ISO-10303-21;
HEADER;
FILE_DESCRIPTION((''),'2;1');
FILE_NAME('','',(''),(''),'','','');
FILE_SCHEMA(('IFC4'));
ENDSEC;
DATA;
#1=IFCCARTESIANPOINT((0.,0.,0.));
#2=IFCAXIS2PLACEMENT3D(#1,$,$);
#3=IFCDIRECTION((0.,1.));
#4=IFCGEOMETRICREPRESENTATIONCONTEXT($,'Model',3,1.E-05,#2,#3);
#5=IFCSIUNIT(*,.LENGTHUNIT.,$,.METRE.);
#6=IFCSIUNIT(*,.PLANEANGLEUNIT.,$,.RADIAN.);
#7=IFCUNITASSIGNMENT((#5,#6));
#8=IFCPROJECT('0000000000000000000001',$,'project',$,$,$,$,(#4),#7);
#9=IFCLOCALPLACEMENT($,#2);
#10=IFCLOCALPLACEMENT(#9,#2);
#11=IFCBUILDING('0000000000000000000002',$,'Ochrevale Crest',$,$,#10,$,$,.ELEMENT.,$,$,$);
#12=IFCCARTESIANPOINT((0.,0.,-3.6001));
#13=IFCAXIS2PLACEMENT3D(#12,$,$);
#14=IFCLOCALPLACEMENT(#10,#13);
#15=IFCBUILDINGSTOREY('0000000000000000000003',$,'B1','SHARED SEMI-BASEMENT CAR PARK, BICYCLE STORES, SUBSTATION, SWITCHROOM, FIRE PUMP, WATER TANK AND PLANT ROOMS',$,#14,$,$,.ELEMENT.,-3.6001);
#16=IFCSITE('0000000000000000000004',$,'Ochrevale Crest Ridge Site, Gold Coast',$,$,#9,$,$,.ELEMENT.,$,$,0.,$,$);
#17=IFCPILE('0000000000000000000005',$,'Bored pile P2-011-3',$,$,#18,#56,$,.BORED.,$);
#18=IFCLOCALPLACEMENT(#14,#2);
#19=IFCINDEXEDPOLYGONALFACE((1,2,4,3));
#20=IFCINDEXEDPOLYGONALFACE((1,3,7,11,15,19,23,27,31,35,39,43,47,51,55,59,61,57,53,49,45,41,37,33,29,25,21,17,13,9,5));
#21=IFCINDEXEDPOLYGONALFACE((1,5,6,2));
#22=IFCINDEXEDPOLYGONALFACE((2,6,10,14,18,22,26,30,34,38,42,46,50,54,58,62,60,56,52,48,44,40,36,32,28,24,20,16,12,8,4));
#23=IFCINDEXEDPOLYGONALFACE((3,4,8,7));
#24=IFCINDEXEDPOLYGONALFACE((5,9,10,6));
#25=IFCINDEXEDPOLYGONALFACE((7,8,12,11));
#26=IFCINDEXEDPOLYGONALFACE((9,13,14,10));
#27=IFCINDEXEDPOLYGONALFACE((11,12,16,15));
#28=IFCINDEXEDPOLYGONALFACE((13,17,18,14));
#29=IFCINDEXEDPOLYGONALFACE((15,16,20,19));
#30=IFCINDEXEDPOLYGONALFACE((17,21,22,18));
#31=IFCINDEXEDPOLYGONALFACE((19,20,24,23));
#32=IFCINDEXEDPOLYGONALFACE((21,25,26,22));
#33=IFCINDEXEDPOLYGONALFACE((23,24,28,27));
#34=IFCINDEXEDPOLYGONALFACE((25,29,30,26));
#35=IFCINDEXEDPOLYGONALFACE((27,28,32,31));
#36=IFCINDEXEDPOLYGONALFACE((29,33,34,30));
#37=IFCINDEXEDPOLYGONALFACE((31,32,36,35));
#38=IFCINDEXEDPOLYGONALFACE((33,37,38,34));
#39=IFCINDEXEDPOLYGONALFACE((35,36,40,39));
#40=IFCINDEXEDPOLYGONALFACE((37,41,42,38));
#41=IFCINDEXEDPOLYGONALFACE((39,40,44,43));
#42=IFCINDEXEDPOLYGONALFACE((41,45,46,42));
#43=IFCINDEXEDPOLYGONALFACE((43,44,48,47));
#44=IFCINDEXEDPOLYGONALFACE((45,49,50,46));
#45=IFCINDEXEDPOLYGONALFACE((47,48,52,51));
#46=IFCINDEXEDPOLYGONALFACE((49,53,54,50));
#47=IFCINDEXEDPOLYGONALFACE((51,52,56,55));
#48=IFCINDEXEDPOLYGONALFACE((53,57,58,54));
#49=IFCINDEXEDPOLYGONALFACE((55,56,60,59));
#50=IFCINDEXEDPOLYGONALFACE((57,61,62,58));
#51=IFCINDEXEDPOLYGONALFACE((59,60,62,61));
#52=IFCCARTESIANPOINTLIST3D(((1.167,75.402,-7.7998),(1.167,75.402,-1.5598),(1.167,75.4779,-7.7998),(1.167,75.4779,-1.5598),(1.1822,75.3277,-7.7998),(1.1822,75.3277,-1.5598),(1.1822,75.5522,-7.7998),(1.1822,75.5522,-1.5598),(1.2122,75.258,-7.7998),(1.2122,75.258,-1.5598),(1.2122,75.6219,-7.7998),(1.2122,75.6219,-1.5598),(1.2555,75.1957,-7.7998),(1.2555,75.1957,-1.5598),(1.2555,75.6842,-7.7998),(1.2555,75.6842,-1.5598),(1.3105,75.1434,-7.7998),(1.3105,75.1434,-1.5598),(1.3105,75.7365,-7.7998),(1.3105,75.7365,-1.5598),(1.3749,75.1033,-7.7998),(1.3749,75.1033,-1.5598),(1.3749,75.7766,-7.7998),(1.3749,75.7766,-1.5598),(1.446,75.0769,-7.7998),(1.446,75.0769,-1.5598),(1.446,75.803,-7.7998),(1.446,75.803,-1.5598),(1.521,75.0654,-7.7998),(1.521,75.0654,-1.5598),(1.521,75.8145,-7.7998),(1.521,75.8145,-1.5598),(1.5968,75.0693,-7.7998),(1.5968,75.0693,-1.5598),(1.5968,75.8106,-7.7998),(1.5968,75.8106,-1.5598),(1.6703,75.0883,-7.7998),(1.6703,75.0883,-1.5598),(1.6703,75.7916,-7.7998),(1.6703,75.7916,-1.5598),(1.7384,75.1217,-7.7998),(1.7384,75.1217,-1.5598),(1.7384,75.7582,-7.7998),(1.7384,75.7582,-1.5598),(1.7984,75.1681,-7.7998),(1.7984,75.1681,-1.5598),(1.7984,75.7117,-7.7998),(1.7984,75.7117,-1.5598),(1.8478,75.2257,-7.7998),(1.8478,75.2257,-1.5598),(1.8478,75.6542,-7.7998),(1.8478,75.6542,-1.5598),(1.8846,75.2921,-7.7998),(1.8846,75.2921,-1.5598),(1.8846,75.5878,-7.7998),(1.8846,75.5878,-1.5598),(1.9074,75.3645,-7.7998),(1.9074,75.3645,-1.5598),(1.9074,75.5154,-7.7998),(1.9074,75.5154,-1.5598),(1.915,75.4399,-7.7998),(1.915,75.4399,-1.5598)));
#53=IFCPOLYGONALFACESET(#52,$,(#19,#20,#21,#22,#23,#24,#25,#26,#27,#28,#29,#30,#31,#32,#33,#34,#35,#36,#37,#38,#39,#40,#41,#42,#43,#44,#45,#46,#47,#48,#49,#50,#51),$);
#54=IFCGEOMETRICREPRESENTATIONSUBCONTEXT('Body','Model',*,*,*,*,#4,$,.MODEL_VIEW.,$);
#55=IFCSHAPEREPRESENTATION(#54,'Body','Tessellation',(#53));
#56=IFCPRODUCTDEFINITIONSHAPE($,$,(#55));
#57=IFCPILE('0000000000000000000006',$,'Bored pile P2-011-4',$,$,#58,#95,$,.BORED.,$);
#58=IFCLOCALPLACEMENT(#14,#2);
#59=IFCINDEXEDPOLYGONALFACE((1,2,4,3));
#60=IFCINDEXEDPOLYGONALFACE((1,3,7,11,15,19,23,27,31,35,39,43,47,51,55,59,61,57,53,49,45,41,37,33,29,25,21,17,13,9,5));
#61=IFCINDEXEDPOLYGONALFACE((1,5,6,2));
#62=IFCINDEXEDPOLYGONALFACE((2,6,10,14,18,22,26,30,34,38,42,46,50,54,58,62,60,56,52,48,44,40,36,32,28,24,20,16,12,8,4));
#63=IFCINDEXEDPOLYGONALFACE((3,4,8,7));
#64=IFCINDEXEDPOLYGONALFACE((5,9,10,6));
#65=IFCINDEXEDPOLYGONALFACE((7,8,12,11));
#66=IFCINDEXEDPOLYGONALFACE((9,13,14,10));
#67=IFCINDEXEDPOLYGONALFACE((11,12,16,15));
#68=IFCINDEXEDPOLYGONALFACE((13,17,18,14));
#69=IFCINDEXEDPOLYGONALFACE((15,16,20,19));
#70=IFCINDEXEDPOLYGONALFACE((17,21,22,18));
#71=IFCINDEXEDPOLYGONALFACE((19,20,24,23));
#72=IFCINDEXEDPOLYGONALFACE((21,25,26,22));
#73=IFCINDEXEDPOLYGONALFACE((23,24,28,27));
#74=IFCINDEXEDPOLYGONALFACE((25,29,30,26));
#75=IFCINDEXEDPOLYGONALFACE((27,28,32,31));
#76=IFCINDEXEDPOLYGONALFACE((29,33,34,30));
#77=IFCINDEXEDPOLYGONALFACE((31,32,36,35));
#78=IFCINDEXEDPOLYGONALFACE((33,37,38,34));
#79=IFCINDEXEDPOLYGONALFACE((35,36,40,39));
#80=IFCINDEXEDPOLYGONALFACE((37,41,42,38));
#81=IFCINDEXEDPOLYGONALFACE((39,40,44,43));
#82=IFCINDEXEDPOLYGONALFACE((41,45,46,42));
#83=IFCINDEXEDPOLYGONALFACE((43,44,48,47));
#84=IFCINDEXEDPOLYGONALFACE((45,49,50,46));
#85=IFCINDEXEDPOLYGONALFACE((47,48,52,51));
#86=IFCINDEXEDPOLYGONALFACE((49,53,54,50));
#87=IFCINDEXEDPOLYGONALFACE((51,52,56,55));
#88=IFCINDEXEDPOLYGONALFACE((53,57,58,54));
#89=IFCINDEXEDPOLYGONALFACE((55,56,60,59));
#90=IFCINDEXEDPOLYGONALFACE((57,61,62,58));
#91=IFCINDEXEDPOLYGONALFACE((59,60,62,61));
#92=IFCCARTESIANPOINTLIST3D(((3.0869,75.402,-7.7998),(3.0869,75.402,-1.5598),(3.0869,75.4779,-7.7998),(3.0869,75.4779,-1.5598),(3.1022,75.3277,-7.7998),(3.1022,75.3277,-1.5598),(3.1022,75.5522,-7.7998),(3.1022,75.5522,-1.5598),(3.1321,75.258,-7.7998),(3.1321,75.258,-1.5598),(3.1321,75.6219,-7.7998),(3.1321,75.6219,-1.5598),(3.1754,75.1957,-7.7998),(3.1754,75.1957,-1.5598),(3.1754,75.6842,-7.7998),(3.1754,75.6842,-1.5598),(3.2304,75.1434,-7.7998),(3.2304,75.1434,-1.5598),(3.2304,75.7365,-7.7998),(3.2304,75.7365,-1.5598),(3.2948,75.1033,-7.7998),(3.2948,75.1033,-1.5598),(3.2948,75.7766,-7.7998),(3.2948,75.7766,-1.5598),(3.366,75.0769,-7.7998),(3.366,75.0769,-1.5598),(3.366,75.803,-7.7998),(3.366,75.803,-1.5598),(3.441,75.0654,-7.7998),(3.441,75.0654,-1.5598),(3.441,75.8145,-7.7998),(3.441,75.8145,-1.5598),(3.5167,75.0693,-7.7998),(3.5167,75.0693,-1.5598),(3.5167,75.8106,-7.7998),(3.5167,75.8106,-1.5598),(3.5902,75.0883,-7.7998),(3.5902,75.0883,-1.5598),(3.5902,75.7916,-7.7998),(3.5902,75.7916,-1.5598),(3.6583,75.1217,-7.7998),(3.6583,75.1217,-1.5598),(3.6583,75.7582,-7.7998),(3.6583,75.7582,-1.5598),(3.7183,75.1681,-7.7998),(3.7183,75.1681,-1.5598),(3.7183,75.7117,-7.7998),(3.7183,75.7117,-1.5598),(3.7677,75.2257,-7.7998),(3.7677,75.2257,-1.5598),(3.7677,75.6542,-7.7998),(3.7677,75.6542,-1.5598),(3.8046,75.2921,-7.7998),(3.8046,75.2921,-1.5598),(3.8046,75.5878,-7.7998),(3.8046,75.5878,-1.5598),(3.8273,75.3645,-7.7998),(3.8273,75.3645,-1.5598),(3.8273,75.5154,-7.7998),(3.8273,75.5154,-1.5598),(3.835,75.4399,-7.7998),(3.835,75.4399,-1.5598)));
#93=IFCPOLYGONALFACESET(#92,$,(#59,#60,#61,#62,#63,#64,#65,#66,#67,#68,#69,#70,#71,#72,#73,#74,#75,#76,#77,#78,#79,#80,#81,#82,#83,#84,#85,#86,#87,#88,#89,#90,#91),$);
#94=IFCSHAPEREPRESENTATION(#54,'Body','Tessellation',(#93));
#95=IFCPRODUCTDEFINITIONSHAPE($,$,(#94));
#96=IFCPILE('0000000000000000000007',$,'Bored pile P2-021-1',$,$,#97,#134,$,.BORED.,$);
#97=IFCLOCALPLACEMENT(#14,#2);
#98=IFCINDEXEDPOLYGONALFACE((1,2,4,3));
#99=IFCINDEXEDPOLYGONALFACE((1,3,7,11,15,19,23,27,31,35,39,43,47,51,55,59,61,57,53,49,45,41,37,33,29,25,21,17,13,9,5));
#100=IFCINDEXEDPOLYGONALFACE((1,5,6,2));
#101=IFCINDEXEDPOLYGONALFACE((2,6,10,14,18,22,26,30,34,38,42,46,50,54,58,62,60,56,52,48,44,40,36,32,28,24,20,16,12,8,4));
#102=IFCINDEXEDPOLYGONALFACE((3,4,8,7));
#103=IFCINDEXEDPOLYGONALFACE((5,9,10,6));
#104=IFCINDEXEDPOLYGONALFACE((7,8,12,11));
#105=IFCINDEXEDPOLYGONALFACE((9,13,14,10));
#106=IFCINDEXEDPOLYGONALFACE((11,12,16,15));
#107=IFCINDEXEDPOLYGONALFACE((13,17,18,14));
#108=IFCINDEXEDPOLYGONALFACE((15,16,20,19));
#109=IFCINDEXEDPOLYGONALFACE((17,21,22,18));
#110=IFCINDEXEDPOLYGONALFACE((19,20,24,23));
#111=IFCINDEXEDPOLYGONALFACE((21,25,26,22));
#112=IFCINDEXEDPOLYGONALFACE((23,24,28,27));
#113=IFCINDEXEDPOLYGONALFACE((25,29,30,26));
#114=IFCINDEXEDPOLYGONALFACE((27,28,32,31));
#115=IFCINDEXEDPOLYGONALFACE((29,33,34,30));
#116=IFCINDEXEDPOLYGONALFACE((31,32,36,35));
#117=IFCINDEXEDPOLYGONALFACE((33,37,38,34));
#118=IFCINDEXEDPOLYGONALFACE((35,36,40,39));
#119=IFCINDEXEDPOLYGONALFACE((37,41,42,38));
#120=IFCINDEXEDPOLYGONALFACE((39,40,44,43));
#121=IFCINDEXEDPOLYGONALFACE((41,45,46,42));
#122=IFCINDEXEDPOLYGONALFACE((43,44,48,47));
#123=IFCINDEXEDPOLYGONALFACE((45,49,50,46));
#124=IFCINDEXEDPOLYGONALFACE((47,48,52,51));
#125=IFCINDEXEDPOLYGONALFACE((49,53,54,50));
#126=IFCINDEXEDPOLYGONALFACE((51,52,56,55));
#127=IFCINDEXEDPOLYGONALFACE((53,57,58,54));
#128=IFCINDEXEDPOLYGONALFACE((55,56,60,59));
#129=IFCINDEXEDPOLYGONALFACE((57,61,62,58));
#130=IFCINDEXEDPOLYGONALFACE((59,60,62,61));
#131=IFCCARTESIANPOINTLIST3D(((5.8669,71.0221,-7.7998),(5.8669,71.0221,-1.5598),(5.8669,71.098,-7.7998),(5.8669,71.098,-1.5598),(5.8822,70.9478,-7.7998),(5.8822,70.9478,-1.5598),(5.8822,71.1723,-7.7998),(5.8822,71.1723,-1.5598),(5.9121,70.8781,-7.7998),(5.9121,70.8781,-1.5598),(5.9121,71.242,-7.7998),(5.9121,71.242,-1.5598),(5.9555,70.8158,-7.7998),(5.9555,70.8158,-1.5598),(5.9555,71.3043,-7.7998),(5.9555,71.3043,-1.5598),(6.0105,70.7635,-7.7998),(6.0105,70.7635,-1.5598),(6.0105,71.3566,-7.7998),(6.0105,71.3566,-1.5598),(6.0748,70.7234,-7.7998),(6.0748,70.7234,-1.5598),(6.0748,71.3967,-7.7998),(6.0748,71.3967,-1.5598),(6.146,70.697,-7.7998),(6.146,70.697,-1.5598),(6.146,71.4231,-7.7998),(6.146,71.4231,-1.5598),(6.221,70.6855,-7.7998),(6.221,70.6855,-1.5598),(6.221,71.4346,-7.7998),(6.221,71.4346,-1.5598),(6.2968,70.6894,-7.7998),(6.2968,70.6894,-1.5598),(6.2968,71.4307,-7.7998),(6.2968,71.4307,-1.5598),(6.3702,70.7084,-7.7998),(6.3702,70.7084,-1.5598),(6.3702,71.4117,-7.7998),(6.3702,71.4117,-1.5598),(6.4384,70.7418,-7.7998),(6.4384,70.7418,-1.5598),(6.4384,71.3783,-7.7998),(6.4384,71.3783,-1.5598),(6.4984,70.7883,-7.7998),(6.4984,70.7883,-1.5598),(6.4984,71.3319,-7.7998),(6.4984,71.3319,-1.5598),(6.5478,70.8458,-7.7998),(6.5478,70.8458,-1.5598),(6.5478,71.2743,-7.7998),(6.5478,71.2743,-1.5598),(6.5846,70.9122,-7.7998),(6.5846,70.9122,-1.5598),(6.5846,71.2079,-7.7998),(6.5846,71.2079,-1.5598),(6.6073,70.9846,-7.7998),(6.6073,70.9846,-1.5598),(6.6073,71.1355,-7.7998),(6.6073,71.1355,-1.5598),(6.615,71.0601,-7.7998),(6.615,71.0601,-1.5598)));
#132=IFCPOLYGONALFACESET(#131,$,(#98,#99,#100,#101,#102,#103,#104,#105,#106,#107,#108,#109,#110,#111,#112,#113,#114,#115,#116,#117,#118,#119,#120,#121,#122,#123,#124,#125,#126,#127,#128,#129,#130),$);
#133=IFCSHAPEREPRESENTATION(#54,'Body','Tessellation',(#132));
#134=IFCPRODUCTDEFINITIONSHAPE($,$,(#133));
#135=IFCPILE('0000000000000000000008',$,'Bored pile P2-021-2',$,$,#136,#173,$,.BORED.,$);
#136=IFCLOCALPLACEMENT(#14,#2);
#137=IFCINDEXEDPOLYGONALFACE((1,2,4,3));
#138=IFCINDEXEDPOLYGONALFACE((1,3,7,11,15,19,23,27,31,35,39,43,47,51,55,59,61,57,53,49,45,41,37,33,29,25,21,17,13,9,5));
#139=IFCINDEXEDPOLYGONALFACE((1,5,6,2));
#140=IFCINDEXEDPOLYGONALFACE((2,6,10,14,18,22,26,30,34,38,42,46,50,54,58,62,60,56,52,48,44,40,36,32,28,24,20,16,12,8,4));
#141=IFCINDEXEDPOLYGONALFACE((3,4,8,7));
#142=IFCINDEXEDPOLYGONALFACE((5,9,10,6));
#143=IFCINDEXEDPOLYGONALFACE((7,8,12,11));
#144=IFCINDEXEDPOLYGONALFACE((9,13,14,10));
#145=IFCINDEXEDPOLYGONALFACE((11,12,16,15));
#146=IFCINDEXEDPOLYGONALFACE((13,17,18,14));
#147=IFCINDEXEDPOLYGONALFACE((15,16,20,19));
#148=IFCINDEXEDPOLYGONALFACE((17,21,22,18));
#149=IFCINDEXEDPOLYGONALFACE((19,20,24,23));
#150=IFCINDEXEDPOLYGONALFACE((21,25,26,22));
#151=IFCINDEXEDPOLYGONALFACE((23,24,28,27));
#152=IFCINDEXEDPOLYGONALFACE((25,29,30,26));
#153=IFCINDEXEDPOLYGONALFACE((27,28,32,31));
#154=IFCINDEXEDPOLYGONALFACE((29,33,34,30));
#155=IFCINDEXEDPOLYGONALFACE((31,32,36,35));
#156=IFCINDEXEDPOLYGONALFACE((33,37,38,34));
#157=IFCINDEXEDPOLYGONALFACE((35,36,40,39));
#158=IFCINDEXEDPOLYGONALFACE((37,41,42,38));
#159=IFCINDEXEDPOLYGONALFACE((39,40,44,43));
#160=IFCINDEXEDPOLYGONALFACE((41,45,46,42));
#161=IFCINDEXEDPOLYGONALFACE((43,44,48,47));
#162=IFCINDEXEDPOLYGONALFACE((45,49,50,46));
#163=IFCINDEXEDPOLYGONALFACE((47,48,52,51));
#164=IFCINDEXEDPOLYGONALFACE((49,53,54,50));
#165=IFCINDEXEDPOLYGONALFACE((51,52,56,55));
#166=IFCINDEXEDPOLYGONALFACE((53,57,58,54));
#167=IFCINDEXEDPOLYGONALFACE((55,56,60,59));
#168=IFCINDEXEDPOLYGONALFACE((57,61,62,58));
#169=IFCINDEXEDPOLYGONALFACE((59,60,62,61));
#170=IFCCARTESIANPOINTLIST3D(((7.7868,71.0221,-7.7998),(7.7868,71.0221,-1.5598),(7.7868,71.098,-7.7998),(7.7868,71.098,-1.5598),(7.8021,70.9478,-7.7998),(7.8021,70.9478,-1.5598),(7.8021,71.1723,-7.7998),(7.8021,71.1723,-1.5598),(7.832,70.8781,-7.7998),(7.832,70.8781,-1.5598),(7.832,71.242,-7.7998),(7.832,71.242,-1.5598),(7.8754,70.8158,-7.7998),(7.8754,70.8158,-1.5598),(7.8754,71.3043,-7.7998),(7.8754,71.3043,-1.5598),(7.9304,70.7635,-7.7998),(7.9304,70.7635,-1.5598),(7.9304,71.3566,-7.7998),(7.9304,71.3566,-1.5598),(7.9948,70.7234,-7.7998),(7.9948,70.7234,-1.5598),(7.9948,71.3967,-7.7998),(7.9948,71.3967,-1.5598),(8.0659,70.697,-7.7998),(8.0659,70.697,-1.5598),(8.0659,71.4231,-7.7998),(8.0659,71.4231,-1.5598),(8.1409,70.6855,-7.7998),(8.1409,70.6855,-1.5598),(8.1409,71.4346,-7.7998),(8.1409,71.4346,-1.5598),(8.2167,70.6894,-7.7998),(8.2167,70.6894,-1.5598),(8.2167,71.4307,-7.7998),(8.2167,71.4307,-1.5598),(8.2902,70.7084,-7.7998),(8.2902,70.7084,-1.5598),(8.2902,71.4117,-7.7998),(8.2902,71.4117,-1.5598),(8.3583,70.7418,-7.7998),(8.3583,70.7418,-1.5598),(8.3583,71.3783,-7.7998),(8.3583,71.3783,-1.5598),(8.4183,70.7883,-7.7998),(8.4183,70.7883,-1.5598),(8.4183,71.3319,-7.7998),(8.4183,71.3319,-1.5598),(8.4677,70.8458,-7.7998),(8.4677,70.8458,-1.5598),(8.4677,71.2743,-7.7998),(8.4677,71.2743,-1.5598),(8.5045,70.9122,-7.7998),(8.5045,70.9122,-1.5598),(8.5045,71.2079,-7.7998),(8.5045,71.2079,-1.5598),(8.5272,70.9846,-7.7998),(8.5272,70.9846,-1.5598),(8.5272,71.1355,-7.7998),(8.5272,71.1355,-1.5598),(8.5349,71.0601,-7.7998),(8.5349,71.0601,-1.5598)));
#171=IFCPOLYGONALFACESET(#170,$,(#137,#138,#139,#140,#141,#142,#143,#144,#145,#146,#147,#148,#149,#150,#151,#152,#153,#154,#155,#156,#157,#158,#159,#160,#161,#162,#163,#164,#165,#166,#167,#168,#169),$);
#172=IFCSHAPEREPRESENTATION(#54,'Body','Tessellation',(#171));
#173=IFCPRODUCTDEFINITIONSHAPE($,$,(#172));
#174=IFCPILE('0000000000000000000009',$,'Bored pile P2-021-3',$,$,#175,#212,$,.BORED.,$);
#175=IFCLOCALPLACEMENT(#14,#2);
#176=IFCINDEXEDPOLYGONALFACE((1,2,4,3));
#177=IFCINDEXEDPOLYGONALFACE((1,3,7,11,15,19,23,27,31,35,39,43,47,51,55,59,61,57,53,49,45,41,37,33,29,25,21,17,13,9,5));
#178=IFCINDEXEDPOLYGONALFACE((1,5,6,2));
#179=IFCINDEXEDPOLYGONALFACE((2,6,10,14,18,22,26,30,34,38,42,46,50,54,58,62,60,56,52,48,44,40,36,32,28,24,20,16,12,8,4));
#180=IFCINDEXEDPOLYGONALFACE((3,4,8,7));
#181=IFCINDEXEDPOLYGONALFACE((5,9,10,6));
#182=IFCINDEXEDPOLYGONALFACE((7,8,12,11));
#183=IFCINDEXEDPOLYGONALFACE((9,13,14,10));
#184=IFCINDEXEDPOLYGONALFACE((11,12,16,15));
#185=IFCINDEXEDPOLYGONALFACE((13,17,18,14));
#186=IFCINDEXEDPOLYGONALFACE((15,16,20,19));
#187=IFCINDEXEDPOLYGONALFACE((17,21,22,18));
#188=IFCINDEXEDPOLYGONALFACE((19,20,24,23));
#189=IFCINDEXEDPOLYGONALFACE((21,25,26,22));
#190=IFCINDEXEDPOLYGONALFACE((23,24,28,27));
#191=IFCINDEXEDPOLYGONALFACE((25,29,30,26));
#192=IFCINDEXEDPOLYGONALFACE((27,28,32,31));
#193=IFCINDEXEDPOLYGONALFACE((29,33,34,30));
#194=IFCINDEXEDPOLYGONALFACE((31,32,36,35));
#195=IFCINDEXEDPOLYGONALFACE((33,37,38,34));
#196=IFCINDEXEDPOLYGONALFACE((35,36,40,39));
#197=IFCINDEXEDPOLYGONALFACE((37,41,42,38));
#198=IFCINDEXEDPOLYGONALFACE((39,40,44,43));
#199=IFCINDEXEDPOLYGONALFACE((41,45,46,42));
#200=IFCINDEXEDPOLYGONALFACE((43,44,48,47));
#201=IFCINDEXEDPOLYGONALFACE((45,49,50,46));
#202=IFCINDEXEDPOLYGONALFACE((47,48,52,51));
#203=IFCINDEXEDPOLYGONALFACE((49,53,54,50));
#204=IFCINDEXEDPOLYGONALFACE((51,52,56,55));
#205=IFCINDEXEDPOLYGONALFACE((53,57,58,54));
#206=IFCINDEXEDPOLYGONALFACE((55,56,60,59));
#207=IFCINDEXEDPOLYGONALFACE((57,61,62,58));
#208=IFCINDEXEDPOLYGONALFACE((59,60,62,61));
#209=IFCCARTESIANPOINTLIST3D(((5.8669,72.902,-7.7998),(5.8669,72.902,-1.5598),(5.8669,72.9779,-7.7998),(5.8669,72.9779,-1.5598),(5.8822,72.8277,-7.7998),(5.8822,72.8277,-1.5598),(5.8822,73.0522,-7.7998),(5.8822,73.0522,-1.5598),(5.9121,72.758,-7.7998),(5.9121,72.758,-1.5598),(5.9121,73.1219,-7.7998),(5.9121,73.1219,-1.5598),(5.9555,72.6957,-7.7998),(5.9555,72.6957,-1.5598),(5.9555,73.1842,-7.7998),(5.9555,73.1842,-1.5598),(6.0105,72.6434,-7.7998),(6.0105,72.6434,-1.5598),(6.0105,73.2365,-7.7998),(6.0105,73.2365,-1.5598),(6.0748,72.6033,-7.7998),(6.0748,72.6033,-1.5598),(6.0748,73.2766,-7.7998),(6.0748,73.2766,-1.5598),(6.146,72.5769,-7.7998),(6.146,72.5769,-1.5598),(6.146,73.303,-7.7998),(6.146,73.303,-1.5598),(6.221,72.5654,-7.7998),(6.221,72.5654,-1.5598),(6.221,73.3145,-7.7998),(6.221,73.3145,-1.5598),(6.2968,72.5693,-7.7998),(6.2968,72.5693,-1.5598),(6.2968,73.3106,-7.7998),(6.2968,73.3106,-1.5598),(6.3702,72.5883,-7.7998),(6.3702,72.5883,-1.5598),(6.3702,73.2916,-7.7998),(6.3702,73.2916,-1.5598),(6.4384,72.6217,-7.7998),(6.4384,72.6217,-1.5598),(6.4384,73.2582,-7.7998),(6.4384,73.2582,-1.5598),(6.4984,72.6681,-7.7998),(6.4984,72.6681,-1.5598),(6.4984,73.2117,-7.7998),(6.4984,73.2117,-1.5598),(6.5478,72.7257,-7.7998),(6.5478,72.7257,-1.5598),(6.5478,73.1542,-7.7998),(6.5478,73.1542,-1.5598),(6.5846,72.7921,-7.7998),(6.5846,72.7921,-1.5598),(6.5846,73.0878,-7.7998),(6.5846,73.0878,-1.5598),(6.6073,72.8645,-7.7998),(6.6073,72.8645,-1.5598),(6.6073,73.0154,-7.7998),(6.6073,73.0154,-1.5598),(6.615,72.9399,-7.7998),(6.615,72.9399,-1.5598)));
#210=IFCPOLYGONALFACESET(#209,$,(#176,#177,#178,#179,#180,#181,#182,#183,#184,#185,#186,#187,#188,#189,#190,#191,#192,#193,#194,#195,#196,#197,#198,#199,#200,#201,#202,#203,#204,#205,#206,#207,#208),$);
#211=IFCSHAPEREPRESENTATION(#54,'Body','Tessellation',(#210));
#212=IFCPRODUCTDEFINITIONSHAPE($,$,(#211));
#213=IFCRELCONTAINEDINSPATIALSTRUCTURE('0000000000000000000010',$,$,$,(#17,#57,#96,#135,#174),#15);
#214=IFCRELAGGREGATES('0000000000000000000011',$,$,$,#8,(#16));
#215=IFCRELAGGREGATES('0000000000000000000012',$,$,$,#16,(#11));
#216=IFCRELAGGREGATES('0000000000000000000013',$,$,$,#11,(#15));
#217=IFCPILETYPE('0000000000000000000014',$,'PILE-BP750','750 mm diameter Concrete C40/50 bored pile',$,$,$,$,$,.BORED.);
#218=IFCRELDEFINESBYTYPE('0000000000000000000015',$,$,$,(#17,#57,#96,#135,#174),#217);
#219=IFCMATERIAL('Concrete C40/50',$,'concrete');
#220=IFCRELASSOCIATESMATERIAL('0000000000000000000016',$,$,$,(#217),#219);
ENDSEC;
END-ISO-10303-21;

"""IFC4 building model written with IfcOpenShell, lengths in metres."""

from ifc_helpers import new_model, si_unit, direction, frame, origin, origin_2d, place, context, subcontext, project, spatial, circle, extrude, material, material_profile, profile_set, type_object, element, save


model = new_model("IFC4")

# Units and contexts
model_context = context("Model", 3, precision=1e-05, world=origin(), true_north=direction((0.0, 1.0)))
body_context = subcontext(model_context, "Body", "Model", "MODEL_VIEW")
ifc_project = project(units=[si_unit("LENGTHUNIT", "METRE"), si_unit("PLANEANGLEUNIT", "RADIAN")], contexts=[model_context])

# Site, building, storey
site_placement = place(None, origin())
site = spatial("IfcSite", under=ifc_project, at=site_placement, Name="Ochrevale Crest Ridge Site, Gold Coast", CompositionType="ELEMENT", RefElevation=0.0)
building_placement = place(site_placement, origin())
building = spatial("IfcBuilding", under=site, at=building_placement, Name="Ochrevale Crest", CompositionType="ELEMENT")
storey_placement = place(building_placement, frame((0.0, 0.0, -3.6001)))
storey = spatial("IfcBuildingStorey", under=building, at=storey_placement, Name="B1", Description="SHARED SEMI-BASEMENT CAR PARK, BICYCLE STORES, SUBSTATION, SWITCHROOM, FIRE PUMP, WATER TANK AND PLANT ROOMS", CompositionType="ELEMENT", Elevation=-3.6001)

# Shared definitions
ifc_material_1 = material(Name="Concrete C40/50", Category="concrete")

# Piles
ifc_material_profile_1 = material_profile(ifc_material_1, circle(Radius=0.375, at=origin_2d()), Name="BORED PILE 750")
ifc_profile_set_1 = profile_set([ifc_material_profile_1], Name="Concrete C40/50")
pile_type_1 = type_object("IfcPileType", Name="PILE-BP750", Description="750 mm diameter Concrete C40/50 bored pile", PredefinedType="BORED", material=ifc_profile_set_1)
for number, where, z_axis, x_axis, name in (
    (1, (1.54, 75.4399, -1.5598), (0.0, 0.0, -1.0), (1.0, 0.0, 0.0), "Bored pile P2-011-3"),
    (2, (3.46, 75.4399, -1.5598), (0.0, 0.0, -1.0), (1.0, 0.0, 0.0), "Bored pile P2-011-4"),
    (3, (6.24, 71.0601, -1.5598), (0.0, 0.0, -1.0), (1.0, 0.0, 0.0), "Bored pile P2-021-1"),
    (4, (8.1599, 71.0601, -1.5598), (0.0, 0.0, -1.0), (1.0, 0.0, 0.0), "Bored pile P2-021-2"),
    (5, (6.24, 72.9399, -1.5598), (0.0, 0.0, -1.0), (1.0, 0.0, 0.0), "Bored pile P2-021-3"),
):
    element("IfcPile", number, at=place(storey_placement, frame(where, z_axis=z_axis, x_axis=x_axis)), inside=storey, type_object=pile_type_1, Name=name, PredefinedType="BORED", context=body_context, shape_type="SweptSolid", body=[
        extrude(circle(Radius=0.375, at=origin_2d()), origin(), (0.0, 0.0, 1.0), 6.24),
    ])

save(model, "model.ifc")
